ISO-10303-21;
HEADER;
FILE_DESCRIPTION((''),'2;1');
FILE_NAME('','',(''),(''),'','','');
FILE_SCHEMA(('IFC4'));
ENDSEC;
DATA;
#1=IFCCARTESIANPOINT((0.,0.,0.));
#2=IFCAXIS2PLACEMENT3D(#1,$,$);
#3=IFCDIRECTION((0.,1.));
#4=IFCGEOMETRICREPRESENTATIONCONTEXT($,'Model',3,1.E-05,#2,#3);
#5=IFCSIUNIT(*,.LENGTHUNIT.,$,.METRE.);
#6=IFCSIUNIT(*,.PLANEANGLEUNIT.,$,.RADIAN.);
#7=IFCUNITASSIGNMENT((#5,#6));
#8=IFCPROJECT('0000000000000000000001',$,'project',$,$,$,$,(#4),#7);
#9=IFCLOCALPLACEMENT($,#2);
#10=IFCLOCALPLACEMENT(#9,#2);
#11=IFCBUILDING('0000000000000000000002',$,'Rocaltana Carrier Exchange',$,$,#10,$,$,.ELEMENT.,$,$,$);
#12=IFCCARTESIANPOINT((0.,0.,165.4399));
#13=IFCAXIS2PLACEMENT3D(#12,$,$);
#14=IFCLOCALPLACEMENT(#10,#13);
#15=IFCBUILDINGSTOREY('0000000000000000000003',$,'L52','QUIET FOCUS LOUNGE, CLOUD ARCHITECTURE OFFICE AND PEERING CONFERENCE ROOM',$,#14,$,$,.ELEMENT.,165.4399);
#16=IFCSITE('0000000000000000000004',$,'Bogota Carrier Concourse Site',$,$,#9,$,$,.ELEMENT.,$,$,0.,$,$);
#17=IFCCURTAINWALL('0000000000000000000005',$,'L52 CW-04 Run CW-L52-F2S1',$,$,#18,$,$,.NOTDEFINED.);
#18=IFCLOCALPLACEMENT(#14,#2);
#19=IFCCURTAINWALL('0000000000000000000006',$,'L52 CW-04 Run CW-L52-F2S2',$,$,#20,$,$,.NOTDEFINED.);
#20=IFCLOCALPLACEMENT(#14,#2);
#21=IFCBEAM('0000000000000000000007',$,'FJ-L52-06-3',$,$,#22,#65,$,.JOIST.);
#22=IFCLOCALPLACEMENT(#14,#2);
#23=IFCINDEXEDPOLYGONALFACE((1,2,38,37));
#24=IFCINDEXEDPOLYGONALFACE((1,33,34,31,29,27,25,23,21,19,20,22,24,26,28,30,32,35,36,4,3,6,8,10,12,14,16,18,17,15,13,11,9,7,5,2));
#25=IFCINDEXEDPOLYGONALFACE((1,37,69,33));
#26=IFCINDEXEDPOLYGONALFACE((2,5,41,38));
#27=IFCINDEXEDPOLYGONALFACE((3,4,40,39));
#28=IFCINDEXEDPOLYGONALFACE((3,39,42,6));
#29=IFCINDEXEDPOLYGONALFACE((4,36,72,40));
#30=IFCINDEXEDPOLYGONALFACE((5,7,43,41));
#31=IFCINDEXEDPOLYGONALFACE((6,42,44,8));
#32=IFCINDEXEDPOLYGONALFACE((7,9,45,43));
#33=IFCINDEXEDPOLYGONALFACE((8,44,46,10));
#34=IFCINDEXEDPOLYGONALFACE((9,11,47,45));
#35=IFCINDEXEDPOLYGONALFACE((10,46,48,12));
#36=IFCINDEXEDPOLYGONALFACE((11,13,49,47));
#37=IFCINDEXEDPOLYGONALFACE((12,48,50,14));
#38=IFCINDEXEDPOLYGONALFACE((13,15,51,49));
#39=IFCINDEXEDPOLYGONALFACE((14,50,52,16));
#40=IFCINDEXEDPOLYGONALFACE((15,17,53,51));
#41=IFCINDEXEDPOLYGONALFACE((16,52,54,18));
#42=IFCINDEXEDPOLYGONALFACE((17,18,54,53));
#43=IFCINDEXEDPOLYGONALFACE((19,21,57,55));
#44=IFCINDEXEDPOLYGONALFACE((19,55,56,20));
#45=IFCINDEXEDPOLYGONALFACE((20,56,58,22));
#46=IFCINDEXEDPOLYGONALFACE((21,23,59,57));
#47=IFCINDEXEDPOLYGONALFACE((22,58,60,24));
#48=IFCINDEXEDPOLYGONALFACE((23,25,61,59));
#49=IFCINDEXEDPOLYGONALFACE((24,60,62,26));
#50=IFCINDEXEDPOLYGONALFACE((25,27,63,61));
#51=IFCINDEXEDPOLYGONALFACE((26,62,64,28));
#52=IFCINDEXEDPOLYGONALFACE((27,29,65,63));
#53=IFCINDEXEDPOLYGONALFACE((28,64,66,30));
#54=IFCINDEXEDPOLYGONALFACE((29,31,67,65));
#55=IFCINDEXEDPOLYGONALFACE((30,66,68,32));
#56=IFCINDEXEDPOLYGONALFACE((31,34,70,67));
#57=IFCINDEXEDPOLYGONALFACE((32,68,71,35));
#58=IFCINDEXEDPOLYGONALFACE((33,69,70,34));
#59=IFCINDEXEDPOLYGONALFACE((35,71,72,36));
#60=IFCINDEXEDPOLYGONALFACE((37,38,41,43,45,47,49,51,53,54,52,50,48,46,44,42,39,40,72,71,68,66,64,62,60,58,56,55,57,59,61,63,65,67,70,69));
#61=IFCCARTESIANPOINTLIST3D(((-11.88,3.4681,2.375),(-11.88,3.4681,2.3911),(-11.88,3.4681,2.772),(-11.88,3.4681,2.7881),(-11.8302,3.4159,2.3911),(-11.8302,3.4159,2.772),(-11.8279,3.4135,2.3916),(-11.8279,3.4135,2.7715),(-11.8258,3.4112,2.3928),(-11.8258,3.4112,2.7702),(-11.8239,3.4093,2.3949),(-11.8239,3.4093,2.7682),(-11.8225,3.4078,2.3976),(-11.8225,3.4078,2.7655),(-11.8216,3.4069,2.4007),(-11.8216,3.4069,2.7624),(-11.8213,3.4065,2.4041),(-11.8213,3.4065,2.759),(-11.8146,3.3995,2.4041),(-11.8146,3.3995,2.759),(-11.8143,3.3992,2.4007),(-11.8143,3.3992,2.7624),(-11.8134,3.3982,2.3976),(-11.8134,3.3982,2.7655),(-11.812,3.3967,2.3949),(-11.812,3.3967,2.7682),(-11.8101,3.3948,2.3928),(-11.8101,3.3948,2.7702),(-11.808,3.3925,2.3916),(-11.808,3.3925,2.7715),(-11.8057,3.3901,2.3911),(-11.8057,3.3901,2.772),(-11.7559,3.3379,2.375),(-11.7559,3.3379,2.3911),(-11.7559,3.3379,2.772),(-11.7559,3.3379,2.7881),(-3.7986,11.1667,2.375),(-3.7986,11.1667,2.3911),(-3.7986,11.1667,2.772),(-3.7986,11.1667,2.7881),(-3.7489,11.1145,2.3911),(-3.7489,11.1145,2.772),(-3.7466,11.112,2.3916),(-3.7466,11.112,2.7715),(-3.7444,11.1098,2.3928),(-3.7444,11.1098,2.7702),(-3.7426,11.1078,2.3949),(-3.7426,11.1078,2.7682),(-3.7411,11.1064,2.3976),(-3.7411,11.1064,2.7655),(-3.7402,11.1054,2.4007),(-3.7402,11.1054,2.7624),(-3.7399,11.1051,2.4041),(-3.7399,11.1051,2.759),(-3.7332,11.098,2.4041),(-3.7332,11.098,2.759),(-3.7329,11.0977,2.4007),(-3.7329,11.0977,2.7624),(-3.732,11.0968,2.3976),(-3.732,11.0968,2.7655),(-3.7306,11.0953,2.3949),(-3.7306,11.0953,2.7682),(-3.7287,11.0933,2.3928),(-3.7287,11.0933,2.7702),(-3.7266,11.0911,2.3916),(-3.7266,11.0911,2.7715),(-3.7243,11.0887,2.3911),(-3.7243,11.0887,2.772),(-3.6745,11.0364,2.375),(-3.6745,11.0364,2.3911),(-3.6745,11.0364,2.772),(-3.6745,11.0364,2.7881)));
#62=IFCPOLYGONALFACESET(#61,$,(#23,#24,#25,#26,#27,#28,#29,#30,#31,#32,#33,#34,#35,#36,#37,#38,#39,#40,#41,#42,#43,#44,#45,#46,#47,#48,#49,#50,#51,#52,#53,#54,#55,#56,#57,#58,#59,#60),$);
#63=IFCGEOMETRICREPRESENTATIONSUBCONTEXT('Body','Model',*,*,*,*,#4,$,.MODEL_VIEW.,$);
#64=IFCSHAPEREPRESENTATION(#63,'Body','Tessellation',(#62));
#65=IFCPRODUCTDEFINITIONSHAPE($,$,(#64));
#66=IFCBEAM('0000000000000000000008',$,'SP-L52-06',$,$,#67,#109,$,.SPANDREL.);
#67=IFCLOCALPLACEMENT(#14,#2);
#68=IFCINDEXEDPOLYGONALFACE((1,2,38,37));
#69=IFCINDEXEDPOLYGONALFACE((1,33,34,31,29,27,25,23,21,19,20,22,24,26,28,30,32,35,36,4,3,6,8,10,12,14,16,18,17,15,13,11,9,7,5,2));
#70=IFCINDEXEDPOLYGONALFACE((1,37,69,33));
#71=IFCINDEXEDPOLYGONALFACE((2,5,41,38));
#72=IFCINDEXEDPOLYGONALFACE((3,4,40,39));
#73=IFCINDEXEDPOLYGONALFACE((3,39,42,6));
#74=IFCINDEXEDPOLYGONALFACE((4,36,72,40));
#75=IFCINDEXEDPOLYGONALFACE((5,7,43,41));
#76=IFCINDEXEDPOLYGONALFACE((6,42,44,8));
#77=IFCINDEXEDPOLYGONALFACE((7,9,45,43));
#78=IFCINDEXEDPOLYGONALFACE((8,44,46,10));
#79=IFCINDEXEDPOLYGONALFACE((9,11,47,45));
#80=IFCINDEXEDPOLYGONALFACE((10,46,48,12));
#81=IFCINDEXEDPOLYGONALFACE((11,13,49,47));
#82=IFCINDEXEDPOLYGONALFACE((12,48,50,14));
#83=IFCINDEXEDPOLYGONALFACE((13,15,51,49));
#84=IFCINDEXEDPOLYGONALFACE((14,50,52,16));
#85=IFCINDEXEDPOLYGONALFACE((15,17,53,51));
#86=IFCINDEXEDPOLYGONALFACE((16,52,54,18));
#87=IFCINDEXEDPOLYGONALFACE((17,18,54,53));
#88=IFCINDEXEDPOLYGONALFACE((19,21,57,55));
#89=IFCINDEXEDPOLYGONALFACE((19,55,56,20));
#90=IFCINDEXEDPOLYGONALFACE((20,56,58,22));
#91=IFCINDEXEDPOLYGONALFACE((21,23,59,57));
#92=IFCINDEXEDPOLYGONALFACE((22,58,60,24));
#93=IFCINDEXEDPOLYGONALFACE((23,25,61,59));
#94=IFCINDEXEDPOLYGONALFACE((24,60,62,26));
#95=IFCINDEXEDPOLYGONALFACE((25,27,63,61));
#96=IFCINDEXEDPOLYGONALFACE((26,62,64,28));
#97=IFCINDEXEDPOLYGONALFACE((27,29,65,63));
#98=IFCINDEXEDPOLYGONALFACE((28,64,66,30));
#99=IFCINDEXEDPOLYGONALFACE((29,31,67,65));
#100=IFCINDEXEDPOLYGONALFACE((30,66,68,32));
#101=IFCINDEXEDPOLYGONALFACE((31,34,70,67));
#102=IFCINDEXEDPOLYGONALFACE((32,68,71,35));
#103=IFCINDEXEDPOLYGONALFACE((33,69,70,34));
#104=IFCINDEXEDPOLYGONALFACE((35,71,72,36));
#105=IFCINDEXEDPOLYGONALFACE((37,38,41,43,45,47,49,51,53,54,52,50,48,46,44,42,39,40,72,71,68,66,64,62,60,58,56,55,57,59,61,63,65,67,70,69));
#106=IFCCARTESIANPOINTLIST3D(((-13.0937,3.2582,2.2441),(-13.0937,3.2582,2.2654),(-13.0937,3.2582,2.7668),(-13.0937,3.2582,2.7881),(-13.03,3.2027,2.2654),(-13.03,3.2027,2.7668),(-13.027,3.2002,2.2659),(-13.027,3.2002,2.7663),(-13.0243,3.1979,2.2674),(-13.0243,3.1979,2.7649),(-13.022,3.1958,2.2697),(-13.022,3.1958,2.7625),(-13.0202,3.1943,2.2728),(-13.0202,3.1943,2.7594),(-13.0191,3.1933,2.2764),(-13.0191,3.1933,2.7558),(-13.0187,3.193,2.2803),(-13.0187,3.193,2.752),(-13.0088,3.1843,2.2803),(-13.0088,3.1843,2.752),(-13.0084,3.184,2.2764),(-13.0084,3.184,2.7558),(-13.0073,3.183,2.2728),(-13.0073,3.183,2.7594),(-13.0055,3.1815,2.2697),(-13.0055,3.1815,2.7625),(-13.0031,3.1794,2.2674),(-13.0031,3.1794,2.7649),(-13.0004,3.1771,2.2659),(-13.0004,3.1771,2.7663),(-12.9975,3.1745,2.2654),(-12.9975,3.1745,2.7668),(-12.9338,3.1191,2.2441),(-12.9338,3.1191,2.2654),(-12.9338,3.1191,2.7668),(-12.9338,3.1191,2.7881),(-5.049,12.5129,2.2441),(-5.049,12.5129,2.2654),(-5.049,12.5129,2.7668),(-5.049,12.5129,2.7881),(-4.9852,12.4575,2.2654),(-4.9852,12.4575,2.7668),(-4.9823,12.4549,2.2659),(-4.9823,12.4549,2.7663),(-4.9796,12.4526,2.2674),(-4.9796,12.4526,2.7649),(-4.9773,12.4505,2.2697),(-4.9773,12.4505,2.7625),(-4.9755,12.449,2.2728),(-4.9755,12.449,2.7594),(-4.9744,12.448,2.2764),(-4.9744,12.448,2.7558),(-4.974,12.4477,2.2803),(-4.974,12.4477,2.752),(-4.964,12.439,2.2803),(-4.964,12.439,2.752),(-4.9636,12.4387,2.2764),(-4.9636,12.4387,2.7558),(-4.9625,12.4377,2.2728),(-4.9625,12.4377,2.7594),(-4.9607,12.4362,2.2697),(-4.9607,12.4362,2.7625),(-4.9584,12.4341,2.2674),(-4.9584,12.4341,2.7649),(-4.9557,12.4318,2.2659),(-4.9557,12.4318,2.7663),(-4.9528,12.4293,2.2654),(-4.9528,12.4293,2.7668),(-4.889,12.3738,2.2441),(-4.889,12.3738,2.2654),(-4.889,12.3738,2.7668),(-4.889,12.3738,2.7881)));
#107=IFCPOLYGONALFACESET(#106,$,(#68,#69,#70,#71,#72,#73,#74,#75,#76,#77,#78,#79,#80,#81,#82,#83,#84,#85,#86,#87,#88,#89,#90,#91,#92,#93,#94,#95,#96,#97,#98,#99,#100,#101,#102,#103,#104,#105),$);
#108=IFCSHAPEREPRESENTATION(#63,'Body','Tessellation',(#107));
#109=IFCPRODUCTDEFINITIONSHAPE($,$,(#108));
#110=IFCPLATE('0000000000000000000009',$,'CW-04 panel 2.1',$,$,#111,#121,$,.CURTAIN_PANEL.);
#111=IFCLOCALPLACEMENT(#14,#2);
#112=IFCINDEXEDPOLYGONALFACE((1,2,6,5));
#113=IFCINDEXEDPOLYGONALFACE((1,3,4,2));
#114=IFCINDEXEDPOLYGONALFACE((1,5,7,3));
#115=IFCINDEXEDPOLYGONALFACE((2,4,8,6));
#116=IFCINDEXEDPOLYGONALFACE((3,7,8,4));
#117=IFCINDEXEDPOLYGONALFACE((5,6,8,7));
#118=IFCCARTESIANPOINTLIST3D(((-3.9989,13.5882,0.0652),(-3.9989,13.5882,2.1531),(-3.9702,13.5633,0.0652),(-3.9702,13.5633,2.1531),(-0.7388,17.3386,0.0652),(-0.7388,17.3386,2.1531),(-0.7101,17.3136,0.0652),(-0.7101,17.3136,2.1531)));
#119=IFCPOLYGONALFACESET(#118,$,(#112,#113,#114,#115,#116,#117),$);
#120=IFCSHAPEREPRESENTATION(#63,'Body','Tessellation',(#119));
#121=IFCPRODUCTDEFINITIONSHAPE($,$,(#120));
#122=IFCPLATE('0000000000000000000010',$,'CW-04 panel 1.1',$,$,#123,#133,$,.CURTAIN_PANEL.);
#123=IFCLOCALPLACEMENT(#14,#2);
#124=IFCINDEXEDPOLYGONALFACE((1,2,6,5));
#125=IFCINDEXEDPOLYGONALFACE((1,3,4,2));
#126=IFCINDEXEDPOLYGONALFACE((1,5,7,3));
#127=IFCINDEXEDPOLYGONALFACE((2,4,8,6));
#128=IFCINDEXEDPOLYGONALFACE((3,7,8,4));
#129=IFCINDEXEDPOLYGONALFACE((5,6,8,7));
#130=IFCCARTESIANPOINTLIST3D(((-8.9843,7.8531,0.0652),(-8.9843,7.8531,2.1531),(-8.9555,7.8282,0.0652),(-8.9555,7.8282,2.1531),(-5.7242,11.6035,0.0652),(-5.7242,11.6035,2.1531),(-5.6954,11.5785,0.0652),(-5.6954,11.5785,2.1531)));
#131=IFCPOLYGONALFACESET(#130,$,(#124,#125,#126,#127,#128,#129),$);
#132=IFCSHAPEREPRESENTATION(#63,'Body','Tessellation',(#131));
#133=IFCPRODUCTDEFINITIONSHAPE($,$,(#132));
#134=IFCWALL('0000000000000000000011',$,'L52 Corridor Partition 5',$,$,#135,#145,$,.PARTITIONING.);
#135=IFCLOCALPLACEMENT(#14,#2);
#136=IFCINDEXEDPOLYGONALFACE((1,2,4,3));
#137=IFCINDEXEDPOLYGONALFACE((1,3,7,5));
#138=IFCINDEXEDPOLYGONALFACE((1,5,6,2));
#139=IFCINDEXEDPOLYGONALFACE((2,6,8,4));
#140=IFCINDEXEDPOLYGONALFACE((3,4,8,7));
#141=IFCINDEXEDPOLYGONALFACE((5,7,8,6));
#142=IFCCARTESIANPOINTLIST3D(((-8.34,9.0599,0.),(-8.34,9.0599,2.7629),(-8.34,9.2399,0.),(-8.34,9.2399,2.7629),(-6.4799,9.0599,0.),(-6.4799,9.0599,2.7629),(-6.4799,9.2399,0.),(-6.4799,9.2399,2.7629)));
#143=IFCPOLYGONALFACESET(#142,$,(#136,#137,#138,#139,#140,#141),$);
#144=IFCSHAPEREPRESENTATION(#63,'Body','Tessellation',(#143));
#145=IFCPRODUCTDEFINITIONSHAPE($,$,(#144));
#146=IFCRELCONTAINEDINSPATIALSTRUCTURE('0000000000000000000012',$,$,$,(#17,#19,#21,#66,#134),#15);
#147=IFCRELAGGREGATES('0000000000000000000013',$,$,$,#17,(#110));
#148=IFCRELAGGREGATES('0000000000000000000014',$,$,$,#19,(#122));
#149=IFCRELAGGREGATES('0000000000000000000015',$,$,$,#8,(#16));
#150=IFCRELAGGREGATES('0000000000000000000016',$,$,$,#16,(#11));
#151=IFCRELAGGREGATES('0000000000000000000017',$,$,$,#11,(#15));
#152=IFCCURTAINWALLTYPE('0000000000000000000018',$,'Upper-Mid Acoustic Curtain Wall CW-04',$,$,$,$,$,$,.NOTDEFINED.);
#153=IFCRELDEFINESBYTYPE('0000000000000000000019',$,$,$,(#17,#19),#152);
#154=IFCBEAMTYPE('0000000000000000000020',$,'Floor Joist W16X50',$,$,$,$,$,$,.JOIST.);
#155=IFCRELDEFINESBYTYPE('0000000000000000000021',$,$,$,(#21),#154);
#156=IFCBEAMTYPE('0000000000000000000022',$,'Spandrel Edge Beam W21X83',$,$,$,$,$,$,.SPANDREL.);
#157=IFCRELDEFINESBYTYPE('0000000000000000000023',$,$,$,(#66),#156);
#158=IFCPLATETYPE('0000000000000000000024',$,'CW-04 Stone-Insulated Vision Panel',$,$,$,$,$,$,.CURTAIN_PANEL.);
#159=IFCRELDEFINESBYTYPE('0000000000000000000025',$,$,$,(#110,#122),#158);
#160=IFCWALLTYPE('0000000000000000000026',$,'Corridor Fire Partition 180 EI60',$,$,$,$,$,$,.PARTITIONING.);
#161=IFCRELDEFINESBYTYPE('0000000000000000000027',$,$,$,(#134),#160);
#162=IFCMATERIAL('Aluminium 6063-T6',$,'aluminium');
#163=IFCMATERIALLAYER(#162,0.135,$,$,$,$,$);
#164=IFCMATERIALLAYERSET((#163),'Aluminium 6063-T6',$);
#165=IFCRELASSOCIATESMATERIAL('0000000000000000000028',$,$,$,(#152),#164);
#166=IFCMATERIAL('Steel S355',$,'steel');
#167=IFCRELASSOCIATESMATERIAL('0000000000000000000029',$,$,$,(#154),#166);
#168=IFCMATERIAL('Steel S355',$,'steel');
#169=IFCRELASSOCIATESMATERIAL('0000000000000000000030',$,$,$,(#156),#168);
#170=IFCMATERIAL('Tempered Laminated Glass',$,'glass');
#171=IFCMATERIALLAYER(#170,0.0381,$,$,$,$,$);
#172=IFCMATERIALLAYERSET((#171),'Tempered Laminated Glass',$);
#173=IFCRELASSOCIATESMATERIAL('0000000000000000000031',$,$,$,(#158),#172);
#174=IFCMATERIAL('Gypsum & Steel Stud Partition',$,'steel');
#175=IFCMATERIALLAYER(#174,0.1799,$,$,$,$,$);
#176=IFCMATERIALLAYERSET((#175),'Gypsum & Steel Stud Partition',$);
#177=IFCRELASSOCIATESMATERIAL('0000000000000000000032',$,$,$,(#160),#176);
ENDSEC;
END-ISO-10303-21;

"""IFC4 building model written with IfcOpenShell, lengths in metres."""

from ifc_helpers import new_model, si_unit, direction, frame, frame_2d, origin, origin_2d, place, context, subcontext, project, spatial, rectangle, i_section, extrude, material, layer, layer_set, material_profile, profile_set, type_object, element, aggregate, save


model = new_model("IFC4")

# Units and contexts
model_context = context("Model", 3, precision=1e-05, world=origin(), true_north=direction((0.0, 1.0)))
body_context = subcontext(model_context, "Body", "Model", "MODEL_VIEW")
ifc_project = project(units=[si_unit("LENGTHUNIT", "METRE"), si_unit("PLANEANGLEUNIT", "RADIAN")], contexts=[model_context])

# Site, building, storey
site_placement = place(None, origin())
site = spatial("IfcSite", under=ifc_project, at=site_placement, Name="Bogota Carrier Concourse Site", CompositionType="ELEMENT", RefElevation=0.0)
building_placement = place(site_placement, origin())
building = spatial("IfcBuilding", under=site, at=building_placement, Name="Rocaltana Carrier Exchange", CompositionType="ELEMENT")
storey_placement = place(building_placement, frame((0.0, 0.0, 165.4399)))
storey = spatial("IfcBuildingStorey", under=building, at=storey_placement, Name="L52", Description="QUIET FOCUS LOUNGE, CLOUD ARCHITECTURE OFFICE AND PEERING CONFERENCE ROOM", CompositionType="ELEMENT", Elevation=165.4399)

# Curtain wall
ifc_material_1 = material(Name="Aluminium 6063-T6", Category="aluminium")
ifc_layer_1 = layer(ifc_material_1, 0.135)
ifc_layer_set_1 = layer_set([ifc_layer_1], Name="Aluminium 6063-T6")
curtain_wall_type = type_object("IfcCurtainWallType", Name="Upper-Mid Acoustic Curtain Wall CW-04", PredefinedType="NOTDEFINED", material=ifc_layer_set_1)
curtain_wall_1_placement = place(storey_placement, origin())
curtain_wall_1 = element("IfcCurtainWall", 1, at=curtain_wall_1_placement, inside=storey, type_object=curtain_wall_type, Name="L52 CW-04 Run CW-L52-F2S1", PredefinedType="NOTDEFINED")

# Curtain wall
curtain_wall_2_placement = place(storey_placement, origin())
curtain_wall_2 = element("IfcCurtainWall", 2, at=curtain_wall_2_placement, inside=storey, type_object=curtain_wall_type, Name="L52 CW-04 Run CW-L52-F2S2", PredefinedType="NOTDEFINED")

# Beams
ifc_material_2 = material(Name="Steel S355", Category="steel")
ifc_material_profile_1 = material_profile(ifc_material_2, i_section(OverallWidth=0.1799, OverallDepth=0.4131, WebThickness=0.0098, FlangeThickness=0.0161, FilletRadius=0.0129, at=origin_2d()), Name="W16X50")
ifc_profile_set_1 = profile_set([ifc_material_profile_1], Name="Steel S355")
beam_type_1 = type_object("IfcBeamType", Name="Floor Joist W16X50", PredefinedType="JOIST", material=ifc_profile_set_1)
beam_1_placement = place(storey_placement, frame((-3.7366, 11.1016, 2.5815), z_axis=(-0.724048, -0.68975, 0.0), x_axis=(0.68975, -0.724048, 0.0)))
element("IfcBeam", 3, at=beam_1_placement, inside=storey, type_object=beam_type_1, Name="FJ-L52-06-3", PredefinedType="JOIST", context=body_context, shape_type="SweptSolid", body=[
    extrude(i_section(OverallWidth=0.1799, OverallDepth=0.4131, WebThickness=0.0098, FlangeThickness=0.0161, FilletRadius=0.0129, at=origin_2d()), origin(), (0.0, 0.0, 1.0), 11.1614),
])
ifc_material_3 = material(Name="Steel S355", Category="steel")
ifc_material_profile_2 = material_profile(ifc_material_3, i_section(OverallWidth=0.2119, OverallDepth=0.5439, WebThickness=0.0132, FlangeThickness=0.0212, FilletRadius=0.0149, at=origin_2d()), Name="W21X83")
ifc_profile_set_2 = profile_set([ifc_material_profile_2], Name="Steel S355")
beam_type_2 = type_object("IfcBeamType", Name="Spandrel Edge Beam W21X83", PredefinedType="SPANDREL", material=ifc_profile_set_2)
beam_2_placement = place(storey_placement, frame((-4.969, 12.4434, 2.5161), z_axis=(-0.656047, -0.75472, 0.0), x_axis=(0.75472, -0.656047, 0.0)))
element("IfcBeam", 4, at=beam_2_placement, inside=storey, type_object=beam_type_2, Name="SP-L52-06", PredefinedType="SPANDREL", context=body_context, shape_type="SweptSolid", body=[
    extrude(i_section(OverallWidth=0.2119, OverallDepth=0.5439, WebThickness=0.0132, FlangeThickness=0.0212, FilletRadius=0.0149, at=origin_2d()), origin(), (0.0, 0.0, 1.0), 12.2625),
])

# Plates
ifc_material_4 = material(Name="Tempered Laminated Glass", Category="glass")
ifc_layer_2 = layer(ifc_material_4, 0.0381)
ifc_layer_set_2 = layer_set([ifc_layer_2], Name="Tempered Laminated Glass")
plate_type = type_object("IfcPlateType", Name="CW-04 Stone-Insulated Vision Panel", PredefinedType="CURTAIN_PANEL", material=ifc_layer_set_2)
plate_1_placement = place(storey_placement, frame((-2.3545, 15.4509, 0.0652), z_axis=(0.0, 0.0, 1.0), x_axis=(-0.656057, -0.754712, 0.0)))
plate_1 = element("IfcPlate", 5, at=plate_1_placement, type_object=plate_type, Name="CW-04 panel 2.1", PredefinedType="CURTAIN_PANEL", context=body_context, shape_type="SweptSolid", body=[
    extrude(rectangle(XDim=4.9692, YDim=0.0381, at=origin_2d()), origin(), (0.0, 0.0, 1.0), 2.0879),
])
aggregate(curtain_wall_1, [plate_1])
plate_2_placement = place(storey_placement, frame((-7.3398, 9.7158, 0.0652), z_axis=(0.0, 0.0, 1.0), x_axis=(-0.656057, -0.754712, 0.0)))
plate_2 = element("IfcPlate", 6, at=plate_2_placement, type_object=plate_type, Name="CW-04 panel 1.1", PredefinedType="CURTAIN_PANEL", context=body_context, shape_type="SweptSolid", body=[
    extrude(rectangle(XDim=4.9692, YDim=0.0381, at=origin_2d()), origin(), (0.0, 0.0, 1.0), 2.0879),
])
aggregate(curtain_wall_2, [plate_2])

# Wall
ifc_material_5 = material(Name="Gypsum & Steel Stud Partition", Category="steel")
ifc_layer_3 = layer(ifc_material_5, 0.1799)
ifc_layer_set_3 = layer_set([ifc_layer_3], Name="Gypsum & Steel Stud Partition")
wall_type_1 = type_object("IfcWallType", Name="Corridor Fire Partition 180 EI60", PredefinedType="PARTITIONING", material=ifc_layer_set_3)
wall_1_placement = place(storey_placement, frame((-8.3401, 9.1499, 0.0), z_axis=(0.0, 0.0, 1.0), x_axis=(1.0, 0.0, 0.0)))
element("IfcWall", 7, at=wall_1_placement, inside=storey, type_object=wall_type_1, Name="L52 Corridor Partition 5", PredefinedType="PARTITIONING", context=body_context, shape_type="SweptSolid", body=[
    extrude(rectangle(XDim=1.8601, YDim=0.1799, at=frame_2d((0.9302, 0.0))), origin(), (0.0, 0.0, 1.0), 2.7629),
])

save(model, "model.ifc")
